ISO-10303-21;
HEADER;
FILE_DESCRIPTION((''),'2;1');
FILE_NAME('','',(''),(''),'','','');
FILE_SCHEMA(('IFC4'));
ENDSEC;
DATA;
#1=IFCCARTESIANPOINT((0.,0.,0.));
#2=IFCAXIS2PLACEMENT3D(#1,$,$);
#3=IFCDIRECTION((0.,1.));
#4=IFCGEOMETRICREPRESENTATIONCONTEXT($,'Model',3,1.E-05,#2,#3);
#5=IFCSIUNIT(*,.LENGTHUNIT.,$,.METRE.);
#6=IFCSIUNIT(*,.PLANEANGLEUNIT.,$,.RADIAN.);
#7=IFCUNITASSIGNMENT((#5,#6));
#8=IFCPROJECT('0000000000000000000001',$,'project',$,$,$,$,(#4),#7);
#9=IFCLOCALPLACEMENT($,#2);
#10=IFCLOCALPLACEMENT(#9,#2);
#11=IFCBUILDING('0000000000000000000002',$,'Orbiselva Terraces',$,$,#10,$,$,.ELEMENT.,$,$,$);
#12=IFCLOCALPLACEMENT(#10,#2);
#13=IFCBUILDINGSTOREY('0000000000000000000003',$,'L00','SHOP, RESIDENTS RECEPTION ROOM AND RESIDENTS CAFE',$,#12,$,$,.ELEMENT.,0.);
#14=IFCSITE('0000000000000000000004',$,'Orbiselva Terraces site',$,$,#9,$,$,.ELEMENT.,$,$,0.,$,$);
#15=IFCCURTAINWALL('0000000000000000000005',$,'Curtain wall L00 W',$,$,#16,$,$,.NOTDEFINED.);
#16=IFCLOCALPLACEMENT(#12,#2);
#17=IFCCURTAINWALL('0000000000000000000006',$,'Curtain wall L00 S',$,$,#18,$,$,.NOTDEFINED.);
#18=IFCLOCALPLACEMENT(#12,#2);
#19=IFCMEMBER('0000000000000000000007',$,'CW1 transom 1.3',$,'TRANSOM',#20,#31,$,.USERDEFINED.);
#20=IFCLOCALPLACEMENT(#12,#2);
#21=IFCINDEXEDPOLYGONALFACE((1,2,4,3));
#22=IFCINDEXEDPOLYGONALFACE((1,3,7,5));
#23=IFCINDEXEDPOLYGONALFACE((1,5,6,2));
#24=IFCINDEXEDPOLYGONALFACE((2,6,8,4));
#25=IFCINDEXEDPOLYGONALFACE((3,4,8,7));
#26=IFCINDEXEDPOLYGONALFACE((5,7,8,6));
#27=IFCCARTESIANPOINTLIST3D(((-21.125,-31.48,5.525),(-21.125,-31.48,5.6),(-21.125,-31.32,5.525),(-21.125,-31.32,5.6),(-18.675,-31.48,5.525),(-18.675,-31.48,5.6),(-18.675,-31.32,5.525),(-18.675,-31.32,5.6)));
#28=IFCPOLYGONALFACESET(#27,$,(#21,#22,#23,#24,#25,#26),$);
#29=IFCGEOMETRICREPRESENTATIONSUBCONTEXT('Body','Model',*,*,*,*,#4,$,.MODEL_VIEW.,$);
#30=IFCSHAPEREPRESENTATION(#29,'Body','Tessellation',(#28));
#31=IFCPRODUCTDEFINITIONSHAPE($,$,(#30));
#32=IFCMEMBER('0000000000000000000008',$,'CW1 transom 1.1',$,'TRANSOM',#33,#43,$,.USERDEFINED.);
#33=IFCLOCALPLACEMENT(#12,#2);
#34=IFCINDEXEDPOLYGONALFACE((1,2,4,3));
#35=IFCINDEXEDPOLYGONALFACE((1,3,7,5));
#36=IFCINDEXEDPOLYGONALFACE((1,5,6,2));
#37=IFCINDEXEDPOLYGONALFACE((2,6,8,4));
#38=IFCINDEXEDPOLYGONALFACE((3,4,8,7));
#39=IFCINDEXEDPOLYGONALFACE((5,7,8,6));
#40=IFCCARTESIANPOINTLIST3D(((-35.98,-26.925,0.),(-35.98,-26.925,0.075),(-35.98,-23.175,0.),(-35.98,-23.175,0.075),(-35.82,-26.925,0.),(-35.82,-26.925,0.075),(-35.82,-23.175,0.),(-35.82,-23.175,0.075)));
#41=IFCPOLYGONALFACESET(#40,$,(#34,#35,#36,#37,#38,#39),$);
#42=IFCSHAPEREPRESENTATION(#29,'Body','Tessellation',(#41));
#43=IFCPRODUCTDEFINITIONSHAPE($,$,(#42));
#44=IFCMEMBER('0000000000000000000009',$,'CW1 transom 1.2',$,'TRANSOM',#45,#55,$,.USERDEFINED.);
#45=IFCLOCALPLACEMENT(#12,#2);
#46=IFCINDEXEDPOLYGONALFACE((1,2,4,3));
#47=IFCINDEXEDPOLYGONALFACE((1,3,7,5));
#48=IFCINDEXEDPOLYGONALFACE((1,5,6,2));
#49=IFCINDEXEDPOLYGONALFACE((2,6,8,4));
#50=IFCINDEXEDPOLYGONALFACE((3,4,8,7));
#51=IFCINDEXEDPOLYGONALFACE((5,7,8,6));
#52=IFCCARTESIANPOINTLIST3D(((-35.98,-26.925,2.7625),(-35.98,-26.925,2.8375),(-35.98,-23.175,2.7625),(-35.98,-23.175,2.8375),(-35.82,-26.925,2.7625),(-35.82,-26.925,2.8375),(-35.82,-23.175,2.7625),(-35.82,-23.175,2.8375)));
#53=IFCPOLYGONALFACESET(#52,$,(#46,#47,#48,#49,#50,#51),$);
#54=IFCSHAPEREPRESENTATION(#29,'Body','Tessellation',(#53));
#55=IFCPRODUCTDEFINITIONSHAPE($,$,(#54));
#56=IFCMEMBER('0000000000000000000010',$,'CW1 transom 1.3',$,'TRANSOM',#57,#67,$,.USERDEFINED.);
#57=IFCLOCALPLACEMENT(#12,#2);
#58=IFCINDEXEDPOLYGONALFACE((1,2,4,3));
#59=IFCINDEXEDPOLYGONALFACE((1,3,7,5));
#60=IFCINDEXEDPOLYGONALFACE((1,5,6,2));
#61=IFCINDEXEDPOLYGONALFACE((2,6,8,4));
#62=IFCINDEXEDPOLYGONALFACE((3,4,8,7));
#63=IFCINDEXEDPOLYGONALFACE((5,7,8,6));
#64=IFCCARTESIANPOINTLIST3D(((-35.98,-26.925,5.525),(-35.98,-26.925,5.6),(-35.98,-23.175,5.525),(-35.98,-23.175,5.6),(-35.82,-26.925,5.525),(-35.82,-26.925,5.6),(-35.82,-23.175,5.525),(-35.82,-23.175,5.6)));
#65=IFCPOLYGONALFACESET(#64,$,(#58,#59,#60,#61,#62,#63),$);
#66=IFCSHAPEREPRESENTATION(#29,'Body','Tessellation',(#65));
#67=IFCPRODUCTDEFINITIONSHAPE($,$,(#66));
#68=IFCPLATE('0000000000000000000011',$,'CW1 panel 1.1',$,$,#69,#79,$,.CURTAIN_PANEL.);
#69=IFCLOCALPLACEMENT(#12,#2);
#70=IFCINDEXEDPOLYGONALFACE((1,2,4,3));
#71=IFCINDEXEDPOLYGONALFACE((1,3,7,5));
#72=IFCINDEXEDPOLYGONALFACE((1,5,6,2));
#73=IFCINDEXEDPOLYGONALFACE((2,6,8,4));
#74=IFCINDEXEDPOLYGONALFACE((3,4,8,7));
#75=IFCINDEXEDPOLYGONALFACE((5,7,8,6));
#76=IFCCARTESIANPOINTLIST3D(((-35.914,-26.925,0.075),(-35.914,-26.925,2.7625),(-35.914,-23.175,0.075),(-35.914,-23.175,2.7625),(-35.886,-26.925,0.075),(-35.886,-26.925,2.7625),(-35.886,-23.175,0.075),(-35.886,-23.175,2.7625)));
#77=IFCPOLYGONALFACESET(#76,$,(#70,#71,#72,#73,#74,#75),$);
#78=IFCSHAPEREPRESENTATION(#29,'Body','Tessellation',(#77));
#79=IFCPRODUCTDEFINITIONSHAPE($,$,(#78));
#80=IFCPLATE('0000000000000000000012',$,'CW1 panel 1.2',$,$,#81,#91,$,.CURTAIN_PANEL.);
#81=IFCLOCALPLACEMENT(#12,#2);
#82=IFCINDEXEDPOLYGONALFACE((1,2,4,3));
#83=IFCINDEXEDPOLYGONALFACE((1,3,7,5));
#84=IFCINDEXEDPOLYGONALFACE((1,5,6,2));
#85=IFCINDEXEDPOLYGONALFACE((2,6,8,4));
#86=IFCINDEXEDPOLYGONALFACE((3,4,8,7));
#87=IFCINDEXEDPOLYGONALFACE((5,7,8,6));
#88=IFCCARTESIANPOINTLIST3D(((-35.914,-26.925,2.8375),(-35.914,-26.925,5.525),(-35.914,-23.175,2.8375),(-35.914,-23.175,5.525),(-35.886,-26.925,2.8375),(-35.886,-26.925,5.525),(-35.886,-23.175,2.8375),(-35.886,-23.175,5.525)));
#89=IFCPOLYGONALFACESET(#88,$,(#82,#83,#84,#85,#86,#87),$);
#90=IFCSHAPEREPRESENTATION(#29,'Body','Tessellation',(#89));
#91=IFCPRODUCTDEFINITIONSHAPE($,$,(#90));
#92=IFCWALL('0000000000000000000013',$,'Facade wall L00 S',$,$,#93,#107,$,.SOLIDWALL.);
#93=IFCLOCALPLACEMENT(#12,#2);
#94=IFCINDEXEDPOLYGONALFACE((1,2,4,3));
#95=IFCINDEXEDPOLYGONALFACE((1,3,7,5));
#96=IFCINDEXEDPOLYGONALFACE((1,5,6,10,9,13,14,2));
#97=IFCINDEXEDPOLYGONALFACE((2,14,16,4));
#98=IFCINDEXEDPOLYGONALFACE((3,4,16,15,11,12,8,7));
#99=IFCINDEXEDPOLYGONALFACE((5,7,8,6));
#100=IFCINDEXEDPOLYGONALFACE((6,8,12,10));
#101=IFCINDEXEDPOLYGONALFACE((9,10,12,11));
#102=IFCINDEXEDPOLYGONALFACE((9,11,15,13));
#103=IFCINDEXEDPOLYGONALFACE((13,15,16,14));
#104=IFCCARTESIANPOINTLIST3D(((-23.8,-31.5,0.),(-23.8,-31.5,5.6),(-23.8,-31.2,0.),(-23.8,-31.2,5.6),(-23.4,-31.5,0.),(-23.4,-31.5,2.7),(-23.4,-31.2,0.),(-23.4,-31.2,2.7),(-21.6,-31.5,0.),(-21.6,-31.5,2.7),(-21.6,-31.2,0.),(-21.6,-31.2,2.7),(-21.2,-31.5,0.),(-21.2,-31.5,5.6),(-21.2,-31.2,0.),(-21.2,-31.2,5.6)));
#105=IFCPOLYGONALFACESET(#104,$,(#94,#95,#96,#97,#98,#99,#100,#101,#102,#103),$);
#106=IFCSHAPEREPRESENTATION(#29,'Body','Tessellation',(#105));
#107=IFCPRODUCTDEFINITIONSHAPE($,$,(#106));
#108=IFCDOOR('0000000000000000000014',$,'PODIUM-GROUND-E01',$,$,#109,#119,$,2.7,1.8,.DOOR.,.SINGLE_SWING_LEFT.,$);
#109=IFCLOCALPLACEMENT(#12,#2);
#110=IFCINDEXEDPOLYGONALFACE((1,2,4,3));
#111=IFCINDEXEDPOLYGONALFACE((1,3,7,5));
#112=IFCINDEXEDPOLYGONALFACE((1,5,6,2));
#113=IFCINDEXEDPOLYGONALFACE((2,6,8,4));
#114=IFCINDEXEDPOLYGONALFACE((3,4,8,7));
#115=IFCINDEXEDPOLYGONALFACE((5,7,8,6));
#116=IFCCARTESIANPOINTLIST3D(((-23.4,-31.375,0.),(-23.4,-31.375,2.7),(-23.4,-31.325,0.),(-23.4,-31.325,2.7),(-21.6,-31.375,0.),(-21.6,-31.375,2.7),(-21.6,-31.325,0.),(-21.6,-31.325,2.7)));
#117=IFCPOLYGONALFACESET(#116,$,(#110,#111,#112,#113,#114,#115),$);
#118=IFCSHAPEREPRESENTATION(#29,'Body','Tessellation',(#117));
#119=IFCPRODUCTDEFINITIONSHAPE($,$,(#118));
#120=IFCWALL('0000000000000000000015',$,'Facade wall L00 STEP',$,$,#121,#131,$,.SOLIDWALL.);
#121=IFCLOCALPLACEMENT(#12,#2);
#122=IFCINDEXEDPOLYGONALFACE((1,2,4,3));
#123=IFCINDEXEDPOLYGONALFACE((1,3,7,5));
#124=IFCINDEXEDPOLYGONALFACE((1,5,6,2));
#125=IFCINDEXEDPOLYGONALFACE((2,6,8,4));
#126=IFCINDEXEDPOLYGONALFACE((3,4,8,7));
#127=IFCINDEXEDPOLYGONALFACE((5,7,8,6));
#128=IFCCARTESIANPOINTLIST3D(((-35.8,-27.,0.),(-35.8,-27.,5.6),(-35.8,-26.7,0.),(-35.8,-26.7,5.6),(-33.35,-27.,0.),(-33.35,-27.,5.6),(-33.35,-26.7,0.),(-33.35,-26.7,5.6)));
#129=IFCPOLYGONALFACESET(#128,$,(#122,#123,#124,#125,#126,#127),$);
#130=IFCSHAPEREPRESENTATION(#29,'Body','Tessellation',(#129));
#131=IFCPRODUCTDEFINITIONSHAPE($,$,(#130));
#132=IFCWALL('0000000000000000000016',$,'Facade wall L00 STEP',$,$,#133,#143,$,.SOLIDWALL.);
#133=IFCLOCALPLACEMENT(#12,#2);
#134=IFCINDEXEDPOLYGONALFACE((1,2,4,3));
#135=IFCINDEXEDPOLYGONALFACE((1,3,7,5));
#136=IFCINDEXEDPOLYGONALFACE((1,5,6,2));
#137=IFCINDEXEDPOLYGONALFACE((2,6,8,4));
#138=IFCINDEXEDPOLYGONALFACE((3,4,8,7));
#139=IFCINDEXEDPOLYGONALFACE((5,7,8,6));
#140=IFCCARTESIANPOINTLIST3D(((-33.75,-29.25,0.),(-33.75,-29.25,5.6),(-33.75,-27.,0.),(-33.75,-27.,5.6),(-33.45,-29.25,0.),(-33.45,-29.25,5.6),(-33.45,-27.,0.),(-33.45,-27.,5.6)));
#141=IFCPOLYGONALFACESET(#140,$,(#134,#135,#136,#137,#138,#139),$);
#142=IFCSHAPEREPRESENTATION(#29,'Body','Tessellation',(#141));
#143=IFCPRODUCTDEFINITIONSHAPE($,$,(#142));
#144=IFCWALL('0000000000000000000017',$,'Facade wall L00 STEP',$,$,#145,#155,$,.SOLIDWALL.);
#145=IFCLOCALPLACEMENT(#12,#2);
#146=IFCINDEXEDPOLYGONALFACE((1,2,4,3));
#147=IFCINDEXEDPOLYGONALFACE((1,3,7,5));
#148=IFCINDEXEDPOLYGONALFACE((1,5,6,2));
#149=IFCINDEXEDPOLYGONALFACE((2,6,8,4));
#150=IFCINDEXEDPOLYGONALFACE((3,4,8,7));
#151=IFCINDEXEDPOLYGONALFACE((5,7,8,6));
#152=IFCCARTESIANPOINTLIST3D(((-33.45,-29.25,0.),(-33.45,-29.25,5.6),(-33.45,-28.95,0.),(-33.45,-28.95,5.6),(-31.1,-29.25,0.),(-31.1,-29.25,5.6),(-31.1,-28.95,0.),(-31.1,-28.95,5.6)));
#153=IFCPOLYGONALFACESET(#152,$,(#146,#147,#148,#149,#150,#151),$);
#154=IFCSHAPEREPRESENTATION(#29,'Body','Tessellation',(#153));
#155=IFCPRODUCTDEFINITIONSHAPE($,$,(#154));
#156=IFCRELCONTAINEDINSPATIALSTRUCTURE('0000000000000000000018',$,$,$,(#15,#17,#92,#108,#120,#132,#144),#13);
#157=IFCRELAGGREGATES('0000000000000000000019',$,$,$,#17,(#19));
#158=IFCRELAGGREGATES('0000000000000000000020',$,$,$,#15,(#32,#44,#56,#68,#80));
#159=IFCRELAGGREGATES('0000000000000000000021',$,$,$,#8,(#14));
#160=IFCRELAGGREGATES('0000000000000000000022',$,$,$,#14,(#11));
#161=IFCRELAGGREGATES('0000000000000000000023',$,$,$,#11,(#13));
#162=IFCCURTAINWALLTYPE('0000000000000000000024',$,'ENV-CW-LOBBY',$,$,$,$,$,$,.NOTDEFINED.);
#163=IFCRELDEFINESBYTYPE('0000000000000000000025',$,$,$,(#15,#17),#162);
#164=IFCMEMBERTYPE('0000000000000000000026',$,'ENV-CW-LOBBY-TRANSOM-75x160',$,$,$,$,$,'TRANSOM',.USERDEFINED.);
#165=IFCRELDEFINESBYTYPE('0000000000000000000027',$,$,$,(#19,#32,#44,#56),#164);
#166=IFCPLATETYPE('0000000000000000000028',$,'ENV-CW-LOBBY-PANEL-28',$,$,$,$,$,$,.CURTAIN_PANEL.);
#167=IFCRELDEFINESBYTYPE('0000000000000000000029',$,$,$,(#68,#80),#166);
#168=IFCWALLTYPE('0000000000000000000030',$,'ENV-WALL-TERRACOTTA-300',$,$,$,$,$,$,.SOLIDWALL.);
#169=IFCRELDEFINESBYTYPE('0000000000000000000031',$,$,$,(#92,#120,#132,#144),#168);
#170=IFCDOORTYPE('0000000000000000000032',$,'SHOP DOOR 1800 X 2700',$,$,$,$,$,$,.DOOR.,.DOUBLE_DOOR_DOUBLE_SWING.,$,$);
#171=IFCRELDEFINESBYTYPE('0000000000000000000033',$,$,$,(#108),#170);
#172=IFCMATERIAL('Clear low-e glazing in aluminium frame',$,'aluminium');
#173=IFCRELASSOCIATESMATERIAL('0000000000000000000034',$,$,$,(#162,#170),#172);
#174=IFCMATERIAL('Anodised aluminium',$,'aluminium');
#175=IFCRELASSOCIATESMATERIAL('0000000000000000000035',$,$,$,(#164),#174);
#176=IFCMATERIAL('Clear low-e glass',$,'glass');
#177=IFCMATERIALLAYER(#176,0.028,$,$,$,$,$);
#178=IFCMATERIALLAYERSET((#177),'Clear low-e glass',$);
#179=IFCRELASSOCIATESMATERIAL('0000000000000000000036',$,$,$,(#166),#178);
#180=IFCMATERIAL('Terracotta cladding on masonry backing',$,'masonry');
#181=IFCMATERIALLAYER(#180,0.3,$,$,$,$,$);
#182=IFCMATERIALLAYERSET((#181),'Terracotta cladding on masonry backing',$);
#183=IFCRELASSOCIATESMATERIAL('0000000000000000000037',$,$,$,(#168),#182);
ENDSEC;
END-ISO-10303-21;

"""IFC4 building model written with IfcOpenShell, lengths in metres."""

from ifc_helpers import new_model, si_unit, direction, frame, frame_2d, origin, origin_2d, place, context, subcontext, project, spatial, rectangle, extrude, material, layer, layer_set, material_profile, profile_set, type_object, element, fill, aggregate, save


model = new_model("IFC4")

# Units and contexts
model_context = context("Model", 3, precision=1e-05, world=origin(), true_north=direction((0.0, 1.0)))
body_context = subcontext(model_context, "Body", "Model", "MODEL_VIEW")
ifc_project = project(units=[si_unit("LENGTHUNIT", "METRE"), si_unit("PLANEANGLEUNIT", "RADIAN")], contexts=[model_context])

# Site, building, storey
site_placement = place(None, origin())
site = spatial("IfcSite", under=ifc_project, at=site_placement, Name="Orbiselva Terraces site", CompositionType="ELEMENT", RefElevation=0.0)
building_placement = place(site_placement, origin())
building = spatial("IfcBuilding", under=site, at=building_placement, Name="Orbiselva Terraces", CompositionType="ELEMENT")
storey_placement = place(building_placement, origin())
storey = spatial("IfcBuildingStorey", under=building, at=storey_placement, Name="L00", Description="SHOP, RESIDENTS RECEPTION ROOM AND RESIDENTS CAFE", CompositionType="ELEMENT", Elevation=0.0)

# Shared definitions
ifc_material_1 = material(Name="Clear low-e glazing in aluminium frame", Category="aluminium")
curtain_wall_type = type_object("IfcCurtainWallType", Name="ENV-CW-LOBBY", PredefinedType="NOTDEFINED", material=ifc_material_1)
ifc_material_2 = material(Name="Anodised aluminium", Category="aluminium")

# Curtain walls, member
curtain_wall_1_placement = place(storey_placement, origin())
curtain_wall_1 = element("IfcCurtainWall", 1, at=curtain_wall_1_placement, inside=storey, type_object=curtain_wall_type, Name="Curtain wall L00 W", PredefinedType="NOTDEFINED")
curtain_wall_2_placement = place(storey_placement, origin())
curtain_wall_2 = element("IfcCurtainWall", 2, at=curtain_wall_2_placement, inside=storey, type_object=curtain_wall_type, Name="Curtain wall L00 S", PredefinedType="NOTDEFINED")
ifc_material_profile_1 = material_profile(ifc_material_2, rectangle(XDim=0.16, YDim=0.075, at=origin_2d()), Name="AL 75x160")
ifc_profile_set_1 = profile_set([ifc_material_profile_1], Name="Anodised aluminium")
member_type_1 = type_object("IfcMemberType", Name="ENV-CW-LOBBY-TRANSOM-75x160", ElementType="TRANSOM", PredefinedType="USERDEFINED", material=ifc_profile_set_1)
member_1_placement = place(storey_placement, frame((-21.125, -31.4, 5.5625), z_axis=(1.0, 0.0, 0.0), x_axis=(0.0, 1.0, 0.0)))
member_1 = element("IfcMember", 3, at=member_1_placement, type_object=member_type_1, Name="CW1 transom 1.3", ObjectType="TRANSOM", PredefinedType="USERDEFINED", context=body_context, shape_type="SweptSolid", body=[
    extrude(rectangle(XDim=0.16, YDim=0.075, at=origin_2d()), origin(), (0.0, 0.0, 1.0), 2.45),
])
aggregate(curtain_wall_2, [member_1])

# Members
member_2_placement = place(storey_placement, frame((-35.9, -23.175, 0.0375), z_axis=(0.0, -1.0, 0.0), x_axis=(1.0, 0.0, 0.0)))
member_2 = element("IfcMember", 4, at=member_2_placement, type_object=member_type_1, Name="CW1 transom 1.1", ObjectType="TRANSOM", PredefinedType="USERDEFINED", context=body_context, shape_type="SweptSolid", body=[
    extrude(rectangle(XDim=0.16, YDim=0.075, at=origin_2d()), origin(), (0.0, 0.0, 1.0), 3.75),
])
member_3_placement = place(storey_placement, frame((-35.9, -23.175, 2.8), z_axis=(0.0, -1.0, 0.0), x_axis=(1.0, 0.0, 0.0)))
member_3 = element("IfcMember", 5, at=member_3_placement, type_object=member_type_1, Name="CW1 transom 1.2", ObjectType="TRANSOM", PredefinedType="USERDEFINED", context=body_context, shape_type="SweptSolid", body=[
    extrude(rectangle(XDim=0.16, YDim=0.075, at=origin_2d()), origin(), (0.0, 0.0, 1.0), 3.75),
])
member_4_placement = place(storey_placement, frame((-35.9, -23.175, 5.5625), z_axis=(0.0, -1.0, 0.0), x_axis=(1.0, 0.0, 0.0)))
member_4 = element("IfcMember", 6, at=member_4_placement, type_object=member_type_1, Name="CW1 transom 1.3", ObjectType="TRANSOM", PredefinedType="USERDEFINED", context=body_context, shape_type="SweptSolid", body=[
    extrude(rectangle(XDim=0.16, YDim=0.075, at=origin_2d()), origin(), (0.0, 0.0, 1.0), 3.75),
])

# Plates
ifc_material_3 = material(Name="Clear low-e glass", Category="glass")
ifc_layer_1 = layer(ifc_material_3, 0.028)
ifc_layer_set_1 = layer_set([ifc_layer_1], Name="Clear low-e glass")
plate_type = type_object("IfcPlateType", Name="ENV-CW-LOBBY-PANEL-28", PredefinedType="CURTAIN_PANEL", material=ifc_layer_set_1)
plate_1_placement = place(storey_placement, frame((-35.9, -25.05, 0.075), z_axis=(0.0, 0.0, 1.0), x_axis=(0.0, -1.0, 0.0)))
plate_1 = element("IfcPlate", 7, at=plate_1_placement, type_object=plate_type, Name="CW1 panel 1.1", PredefinedType="CURTAIN_PANEL", context=body_context, shape_type="SweptSolid", body=[
    extrude(rectangle(XDim=3.75, YDim=0.028, at=origin_2d()), origin(), (0.0, 0.0, 1.0), 2.6875),
])
plate_2_placement = place(storey_placement, frame((-35.9, -25.05, 2.8375), z_axis=(0.0, 0.0, 1.0), x_axis=(0.0, -1.0, 0.0)))
plate_2 = element("IfcPlate", 8, at=plate_2_placement, type_object=plate_type, Name="CW1 panel 1.2", PredefinedType="CURTAIN_PANEL", context=body_context, shape_type="SweptSolid", body=[
    extrude(rectangle(XDim=3.75, YDim=0.028, at=origin_2d()), origin(), (0.0, 0.0, 1.0), 2.6875),
])
aggregate(curtain_wall_1, [member_2, member_3, member_4, plate_1, plate_2])

# Wall, opening, door
ifc_material_4 = material(Name="Terracotta cladding on masonry backing", Category="masonry")
ifc_layer_2 = layer(ifc_material_4, 0.3)
ifc_layer_set_2 = layer_set([ifc_layer_2], Name="Terracotta cladding on masonry backing")
wall_type = type_object("IfcWallType", Name="ENV-WALL-TERRACOTTA-300", PredefinedType="SOLIDWALL", material=ifc_layer_set_2)
wall_1_placement = place(storey_placement, frame((-21.2, -31.35, 0.0), z_axis=(0.0, 0.0, 1.0), x_axis=(-1.0, 0.0, 0.0)))
wall_1 = element("IfcWall", 9, at=wall_1_placement, inside=storey, type_object=wall_type, Name="Facade wall L00 S", PredefinedType="SOLIDWALL", context=body_context, shape_type="SweptSolid", body=[
    extrude(rectangle(XDim=2.6, YDim=0.3, at=frame_2d((1.3, 0.0))), origin(), (0.0, 0.0, 1.0), 5.6),
])
opening_placement = place(wall_1_placement, frame((0.4, 0.0, 0.0)))
opening = element("IfcOpeningElement", 10, at=opening_placement, cuts=wall_1, PredefinedType="OPENING", context=body_context, shape_type="SweptSolid", body=[
    extrude(rectangle(XDim=1.8, YDim=2.7, at=frame_2d((0.9, 1.35))), frame((0.0, 0.16, 0.0), z_axis=(0.0, -1.0, 0.0), x_axis=(1.0, 0.0, 0.0)), (0.0, 0.0, 1.0), 0.32),
])
door_type = type_object("IfcDoorType", Name="SHOP DOOR 1800 X 2700", OperationType="DOUBLE_DOOR_DOUBLE_SWING", PredefinedType="DOOR", material=ifc_material_1)
door_placement = place(opening_placement, origin())
door = element("IfcDoor", 11, at=door_placement, inside=storey, type_object=door_type, Name="PODIUM-GROUND-E01", OperationType="SINGLE_SWING_LEFT", OverallHeight=2.7, OverallWidth=1.8, PredefinedType="DOOR", context=body_context, shape_type="SweptSolid", body=[
    extrude(rectangle(XDim=1.8, YDim=2.7, at=frame_2d((0.9, 1.35))), frame((0.0, 0.025, 0.0), z_axis=(0.0, -1.0, 0.0), x_axis=(1.0, 0.0, 0.0)), (0.0, 0.0, 1.0), 0.05),
])
fill(opening, door)

# Walls
wall_2_placement = place(storey_placement, frame((-33.35, -26.85, 0.0), z_axis=(0.0, 0.0, 1.0), x_axis=(-1.0, 0.0, 0.0)))
element("IfcWall", 12, at=wall_2_placement, inside=storey, type_object=wall_type, Name="Facade wall L00 STEP", PredefinedType="SOLIDWALL", context=body_context, shape_type="SweptSolid", body=[
    extrude(rectangle(XDim=2.45, YDim=0.3, at=frame_2d((1.225, 0.0))), origin(), (0.0, 0.0, 1.0), 5.6),
])
wall_3_placement = place(storey_placement, frame((-33.6, -29.25, 0.0), z_axis=(0.0, 0.0, 1.0), x_axis=(0.0, 1.0, 0.0)))
element("IfcWall", 13, at=wall_3_placement, inside=storey, type_object=wall_type, Name="Facade wall L00 STEP", PredefinedType="SOLIDWALL", context=body_context, shape_type="SweptSolid", body=[
    extrude(rectangle(XDim=2.25, YDim=0.3, at=frame_2d((1.125, 0.0))), origin(), (0.0, 0.0, 1.0), 5.6),
])
wall_4_placement = place(storey_placement, frame((-31.1, -29.1, 0.0), z_axis=(0.0, 0.0, 1.0), x_axis=(-1.0, 0.0, 0.0)))
element("IfcWall", 14, at=wall_4_placement, inside=storey, type_object=wall_type, Name="Facade wall L00 STEP", PredefinedType="SOLIDWALL", context=body_context, shape_type="SweptSolid", body=[
    extrude(rectangle(XDim=2.35, YDim=0.3, at=frame_2d((1.175, 0.0))), origin(), (0.0, 0.0, 1.0), 5.6),
])

save(model, "model.ifc")
